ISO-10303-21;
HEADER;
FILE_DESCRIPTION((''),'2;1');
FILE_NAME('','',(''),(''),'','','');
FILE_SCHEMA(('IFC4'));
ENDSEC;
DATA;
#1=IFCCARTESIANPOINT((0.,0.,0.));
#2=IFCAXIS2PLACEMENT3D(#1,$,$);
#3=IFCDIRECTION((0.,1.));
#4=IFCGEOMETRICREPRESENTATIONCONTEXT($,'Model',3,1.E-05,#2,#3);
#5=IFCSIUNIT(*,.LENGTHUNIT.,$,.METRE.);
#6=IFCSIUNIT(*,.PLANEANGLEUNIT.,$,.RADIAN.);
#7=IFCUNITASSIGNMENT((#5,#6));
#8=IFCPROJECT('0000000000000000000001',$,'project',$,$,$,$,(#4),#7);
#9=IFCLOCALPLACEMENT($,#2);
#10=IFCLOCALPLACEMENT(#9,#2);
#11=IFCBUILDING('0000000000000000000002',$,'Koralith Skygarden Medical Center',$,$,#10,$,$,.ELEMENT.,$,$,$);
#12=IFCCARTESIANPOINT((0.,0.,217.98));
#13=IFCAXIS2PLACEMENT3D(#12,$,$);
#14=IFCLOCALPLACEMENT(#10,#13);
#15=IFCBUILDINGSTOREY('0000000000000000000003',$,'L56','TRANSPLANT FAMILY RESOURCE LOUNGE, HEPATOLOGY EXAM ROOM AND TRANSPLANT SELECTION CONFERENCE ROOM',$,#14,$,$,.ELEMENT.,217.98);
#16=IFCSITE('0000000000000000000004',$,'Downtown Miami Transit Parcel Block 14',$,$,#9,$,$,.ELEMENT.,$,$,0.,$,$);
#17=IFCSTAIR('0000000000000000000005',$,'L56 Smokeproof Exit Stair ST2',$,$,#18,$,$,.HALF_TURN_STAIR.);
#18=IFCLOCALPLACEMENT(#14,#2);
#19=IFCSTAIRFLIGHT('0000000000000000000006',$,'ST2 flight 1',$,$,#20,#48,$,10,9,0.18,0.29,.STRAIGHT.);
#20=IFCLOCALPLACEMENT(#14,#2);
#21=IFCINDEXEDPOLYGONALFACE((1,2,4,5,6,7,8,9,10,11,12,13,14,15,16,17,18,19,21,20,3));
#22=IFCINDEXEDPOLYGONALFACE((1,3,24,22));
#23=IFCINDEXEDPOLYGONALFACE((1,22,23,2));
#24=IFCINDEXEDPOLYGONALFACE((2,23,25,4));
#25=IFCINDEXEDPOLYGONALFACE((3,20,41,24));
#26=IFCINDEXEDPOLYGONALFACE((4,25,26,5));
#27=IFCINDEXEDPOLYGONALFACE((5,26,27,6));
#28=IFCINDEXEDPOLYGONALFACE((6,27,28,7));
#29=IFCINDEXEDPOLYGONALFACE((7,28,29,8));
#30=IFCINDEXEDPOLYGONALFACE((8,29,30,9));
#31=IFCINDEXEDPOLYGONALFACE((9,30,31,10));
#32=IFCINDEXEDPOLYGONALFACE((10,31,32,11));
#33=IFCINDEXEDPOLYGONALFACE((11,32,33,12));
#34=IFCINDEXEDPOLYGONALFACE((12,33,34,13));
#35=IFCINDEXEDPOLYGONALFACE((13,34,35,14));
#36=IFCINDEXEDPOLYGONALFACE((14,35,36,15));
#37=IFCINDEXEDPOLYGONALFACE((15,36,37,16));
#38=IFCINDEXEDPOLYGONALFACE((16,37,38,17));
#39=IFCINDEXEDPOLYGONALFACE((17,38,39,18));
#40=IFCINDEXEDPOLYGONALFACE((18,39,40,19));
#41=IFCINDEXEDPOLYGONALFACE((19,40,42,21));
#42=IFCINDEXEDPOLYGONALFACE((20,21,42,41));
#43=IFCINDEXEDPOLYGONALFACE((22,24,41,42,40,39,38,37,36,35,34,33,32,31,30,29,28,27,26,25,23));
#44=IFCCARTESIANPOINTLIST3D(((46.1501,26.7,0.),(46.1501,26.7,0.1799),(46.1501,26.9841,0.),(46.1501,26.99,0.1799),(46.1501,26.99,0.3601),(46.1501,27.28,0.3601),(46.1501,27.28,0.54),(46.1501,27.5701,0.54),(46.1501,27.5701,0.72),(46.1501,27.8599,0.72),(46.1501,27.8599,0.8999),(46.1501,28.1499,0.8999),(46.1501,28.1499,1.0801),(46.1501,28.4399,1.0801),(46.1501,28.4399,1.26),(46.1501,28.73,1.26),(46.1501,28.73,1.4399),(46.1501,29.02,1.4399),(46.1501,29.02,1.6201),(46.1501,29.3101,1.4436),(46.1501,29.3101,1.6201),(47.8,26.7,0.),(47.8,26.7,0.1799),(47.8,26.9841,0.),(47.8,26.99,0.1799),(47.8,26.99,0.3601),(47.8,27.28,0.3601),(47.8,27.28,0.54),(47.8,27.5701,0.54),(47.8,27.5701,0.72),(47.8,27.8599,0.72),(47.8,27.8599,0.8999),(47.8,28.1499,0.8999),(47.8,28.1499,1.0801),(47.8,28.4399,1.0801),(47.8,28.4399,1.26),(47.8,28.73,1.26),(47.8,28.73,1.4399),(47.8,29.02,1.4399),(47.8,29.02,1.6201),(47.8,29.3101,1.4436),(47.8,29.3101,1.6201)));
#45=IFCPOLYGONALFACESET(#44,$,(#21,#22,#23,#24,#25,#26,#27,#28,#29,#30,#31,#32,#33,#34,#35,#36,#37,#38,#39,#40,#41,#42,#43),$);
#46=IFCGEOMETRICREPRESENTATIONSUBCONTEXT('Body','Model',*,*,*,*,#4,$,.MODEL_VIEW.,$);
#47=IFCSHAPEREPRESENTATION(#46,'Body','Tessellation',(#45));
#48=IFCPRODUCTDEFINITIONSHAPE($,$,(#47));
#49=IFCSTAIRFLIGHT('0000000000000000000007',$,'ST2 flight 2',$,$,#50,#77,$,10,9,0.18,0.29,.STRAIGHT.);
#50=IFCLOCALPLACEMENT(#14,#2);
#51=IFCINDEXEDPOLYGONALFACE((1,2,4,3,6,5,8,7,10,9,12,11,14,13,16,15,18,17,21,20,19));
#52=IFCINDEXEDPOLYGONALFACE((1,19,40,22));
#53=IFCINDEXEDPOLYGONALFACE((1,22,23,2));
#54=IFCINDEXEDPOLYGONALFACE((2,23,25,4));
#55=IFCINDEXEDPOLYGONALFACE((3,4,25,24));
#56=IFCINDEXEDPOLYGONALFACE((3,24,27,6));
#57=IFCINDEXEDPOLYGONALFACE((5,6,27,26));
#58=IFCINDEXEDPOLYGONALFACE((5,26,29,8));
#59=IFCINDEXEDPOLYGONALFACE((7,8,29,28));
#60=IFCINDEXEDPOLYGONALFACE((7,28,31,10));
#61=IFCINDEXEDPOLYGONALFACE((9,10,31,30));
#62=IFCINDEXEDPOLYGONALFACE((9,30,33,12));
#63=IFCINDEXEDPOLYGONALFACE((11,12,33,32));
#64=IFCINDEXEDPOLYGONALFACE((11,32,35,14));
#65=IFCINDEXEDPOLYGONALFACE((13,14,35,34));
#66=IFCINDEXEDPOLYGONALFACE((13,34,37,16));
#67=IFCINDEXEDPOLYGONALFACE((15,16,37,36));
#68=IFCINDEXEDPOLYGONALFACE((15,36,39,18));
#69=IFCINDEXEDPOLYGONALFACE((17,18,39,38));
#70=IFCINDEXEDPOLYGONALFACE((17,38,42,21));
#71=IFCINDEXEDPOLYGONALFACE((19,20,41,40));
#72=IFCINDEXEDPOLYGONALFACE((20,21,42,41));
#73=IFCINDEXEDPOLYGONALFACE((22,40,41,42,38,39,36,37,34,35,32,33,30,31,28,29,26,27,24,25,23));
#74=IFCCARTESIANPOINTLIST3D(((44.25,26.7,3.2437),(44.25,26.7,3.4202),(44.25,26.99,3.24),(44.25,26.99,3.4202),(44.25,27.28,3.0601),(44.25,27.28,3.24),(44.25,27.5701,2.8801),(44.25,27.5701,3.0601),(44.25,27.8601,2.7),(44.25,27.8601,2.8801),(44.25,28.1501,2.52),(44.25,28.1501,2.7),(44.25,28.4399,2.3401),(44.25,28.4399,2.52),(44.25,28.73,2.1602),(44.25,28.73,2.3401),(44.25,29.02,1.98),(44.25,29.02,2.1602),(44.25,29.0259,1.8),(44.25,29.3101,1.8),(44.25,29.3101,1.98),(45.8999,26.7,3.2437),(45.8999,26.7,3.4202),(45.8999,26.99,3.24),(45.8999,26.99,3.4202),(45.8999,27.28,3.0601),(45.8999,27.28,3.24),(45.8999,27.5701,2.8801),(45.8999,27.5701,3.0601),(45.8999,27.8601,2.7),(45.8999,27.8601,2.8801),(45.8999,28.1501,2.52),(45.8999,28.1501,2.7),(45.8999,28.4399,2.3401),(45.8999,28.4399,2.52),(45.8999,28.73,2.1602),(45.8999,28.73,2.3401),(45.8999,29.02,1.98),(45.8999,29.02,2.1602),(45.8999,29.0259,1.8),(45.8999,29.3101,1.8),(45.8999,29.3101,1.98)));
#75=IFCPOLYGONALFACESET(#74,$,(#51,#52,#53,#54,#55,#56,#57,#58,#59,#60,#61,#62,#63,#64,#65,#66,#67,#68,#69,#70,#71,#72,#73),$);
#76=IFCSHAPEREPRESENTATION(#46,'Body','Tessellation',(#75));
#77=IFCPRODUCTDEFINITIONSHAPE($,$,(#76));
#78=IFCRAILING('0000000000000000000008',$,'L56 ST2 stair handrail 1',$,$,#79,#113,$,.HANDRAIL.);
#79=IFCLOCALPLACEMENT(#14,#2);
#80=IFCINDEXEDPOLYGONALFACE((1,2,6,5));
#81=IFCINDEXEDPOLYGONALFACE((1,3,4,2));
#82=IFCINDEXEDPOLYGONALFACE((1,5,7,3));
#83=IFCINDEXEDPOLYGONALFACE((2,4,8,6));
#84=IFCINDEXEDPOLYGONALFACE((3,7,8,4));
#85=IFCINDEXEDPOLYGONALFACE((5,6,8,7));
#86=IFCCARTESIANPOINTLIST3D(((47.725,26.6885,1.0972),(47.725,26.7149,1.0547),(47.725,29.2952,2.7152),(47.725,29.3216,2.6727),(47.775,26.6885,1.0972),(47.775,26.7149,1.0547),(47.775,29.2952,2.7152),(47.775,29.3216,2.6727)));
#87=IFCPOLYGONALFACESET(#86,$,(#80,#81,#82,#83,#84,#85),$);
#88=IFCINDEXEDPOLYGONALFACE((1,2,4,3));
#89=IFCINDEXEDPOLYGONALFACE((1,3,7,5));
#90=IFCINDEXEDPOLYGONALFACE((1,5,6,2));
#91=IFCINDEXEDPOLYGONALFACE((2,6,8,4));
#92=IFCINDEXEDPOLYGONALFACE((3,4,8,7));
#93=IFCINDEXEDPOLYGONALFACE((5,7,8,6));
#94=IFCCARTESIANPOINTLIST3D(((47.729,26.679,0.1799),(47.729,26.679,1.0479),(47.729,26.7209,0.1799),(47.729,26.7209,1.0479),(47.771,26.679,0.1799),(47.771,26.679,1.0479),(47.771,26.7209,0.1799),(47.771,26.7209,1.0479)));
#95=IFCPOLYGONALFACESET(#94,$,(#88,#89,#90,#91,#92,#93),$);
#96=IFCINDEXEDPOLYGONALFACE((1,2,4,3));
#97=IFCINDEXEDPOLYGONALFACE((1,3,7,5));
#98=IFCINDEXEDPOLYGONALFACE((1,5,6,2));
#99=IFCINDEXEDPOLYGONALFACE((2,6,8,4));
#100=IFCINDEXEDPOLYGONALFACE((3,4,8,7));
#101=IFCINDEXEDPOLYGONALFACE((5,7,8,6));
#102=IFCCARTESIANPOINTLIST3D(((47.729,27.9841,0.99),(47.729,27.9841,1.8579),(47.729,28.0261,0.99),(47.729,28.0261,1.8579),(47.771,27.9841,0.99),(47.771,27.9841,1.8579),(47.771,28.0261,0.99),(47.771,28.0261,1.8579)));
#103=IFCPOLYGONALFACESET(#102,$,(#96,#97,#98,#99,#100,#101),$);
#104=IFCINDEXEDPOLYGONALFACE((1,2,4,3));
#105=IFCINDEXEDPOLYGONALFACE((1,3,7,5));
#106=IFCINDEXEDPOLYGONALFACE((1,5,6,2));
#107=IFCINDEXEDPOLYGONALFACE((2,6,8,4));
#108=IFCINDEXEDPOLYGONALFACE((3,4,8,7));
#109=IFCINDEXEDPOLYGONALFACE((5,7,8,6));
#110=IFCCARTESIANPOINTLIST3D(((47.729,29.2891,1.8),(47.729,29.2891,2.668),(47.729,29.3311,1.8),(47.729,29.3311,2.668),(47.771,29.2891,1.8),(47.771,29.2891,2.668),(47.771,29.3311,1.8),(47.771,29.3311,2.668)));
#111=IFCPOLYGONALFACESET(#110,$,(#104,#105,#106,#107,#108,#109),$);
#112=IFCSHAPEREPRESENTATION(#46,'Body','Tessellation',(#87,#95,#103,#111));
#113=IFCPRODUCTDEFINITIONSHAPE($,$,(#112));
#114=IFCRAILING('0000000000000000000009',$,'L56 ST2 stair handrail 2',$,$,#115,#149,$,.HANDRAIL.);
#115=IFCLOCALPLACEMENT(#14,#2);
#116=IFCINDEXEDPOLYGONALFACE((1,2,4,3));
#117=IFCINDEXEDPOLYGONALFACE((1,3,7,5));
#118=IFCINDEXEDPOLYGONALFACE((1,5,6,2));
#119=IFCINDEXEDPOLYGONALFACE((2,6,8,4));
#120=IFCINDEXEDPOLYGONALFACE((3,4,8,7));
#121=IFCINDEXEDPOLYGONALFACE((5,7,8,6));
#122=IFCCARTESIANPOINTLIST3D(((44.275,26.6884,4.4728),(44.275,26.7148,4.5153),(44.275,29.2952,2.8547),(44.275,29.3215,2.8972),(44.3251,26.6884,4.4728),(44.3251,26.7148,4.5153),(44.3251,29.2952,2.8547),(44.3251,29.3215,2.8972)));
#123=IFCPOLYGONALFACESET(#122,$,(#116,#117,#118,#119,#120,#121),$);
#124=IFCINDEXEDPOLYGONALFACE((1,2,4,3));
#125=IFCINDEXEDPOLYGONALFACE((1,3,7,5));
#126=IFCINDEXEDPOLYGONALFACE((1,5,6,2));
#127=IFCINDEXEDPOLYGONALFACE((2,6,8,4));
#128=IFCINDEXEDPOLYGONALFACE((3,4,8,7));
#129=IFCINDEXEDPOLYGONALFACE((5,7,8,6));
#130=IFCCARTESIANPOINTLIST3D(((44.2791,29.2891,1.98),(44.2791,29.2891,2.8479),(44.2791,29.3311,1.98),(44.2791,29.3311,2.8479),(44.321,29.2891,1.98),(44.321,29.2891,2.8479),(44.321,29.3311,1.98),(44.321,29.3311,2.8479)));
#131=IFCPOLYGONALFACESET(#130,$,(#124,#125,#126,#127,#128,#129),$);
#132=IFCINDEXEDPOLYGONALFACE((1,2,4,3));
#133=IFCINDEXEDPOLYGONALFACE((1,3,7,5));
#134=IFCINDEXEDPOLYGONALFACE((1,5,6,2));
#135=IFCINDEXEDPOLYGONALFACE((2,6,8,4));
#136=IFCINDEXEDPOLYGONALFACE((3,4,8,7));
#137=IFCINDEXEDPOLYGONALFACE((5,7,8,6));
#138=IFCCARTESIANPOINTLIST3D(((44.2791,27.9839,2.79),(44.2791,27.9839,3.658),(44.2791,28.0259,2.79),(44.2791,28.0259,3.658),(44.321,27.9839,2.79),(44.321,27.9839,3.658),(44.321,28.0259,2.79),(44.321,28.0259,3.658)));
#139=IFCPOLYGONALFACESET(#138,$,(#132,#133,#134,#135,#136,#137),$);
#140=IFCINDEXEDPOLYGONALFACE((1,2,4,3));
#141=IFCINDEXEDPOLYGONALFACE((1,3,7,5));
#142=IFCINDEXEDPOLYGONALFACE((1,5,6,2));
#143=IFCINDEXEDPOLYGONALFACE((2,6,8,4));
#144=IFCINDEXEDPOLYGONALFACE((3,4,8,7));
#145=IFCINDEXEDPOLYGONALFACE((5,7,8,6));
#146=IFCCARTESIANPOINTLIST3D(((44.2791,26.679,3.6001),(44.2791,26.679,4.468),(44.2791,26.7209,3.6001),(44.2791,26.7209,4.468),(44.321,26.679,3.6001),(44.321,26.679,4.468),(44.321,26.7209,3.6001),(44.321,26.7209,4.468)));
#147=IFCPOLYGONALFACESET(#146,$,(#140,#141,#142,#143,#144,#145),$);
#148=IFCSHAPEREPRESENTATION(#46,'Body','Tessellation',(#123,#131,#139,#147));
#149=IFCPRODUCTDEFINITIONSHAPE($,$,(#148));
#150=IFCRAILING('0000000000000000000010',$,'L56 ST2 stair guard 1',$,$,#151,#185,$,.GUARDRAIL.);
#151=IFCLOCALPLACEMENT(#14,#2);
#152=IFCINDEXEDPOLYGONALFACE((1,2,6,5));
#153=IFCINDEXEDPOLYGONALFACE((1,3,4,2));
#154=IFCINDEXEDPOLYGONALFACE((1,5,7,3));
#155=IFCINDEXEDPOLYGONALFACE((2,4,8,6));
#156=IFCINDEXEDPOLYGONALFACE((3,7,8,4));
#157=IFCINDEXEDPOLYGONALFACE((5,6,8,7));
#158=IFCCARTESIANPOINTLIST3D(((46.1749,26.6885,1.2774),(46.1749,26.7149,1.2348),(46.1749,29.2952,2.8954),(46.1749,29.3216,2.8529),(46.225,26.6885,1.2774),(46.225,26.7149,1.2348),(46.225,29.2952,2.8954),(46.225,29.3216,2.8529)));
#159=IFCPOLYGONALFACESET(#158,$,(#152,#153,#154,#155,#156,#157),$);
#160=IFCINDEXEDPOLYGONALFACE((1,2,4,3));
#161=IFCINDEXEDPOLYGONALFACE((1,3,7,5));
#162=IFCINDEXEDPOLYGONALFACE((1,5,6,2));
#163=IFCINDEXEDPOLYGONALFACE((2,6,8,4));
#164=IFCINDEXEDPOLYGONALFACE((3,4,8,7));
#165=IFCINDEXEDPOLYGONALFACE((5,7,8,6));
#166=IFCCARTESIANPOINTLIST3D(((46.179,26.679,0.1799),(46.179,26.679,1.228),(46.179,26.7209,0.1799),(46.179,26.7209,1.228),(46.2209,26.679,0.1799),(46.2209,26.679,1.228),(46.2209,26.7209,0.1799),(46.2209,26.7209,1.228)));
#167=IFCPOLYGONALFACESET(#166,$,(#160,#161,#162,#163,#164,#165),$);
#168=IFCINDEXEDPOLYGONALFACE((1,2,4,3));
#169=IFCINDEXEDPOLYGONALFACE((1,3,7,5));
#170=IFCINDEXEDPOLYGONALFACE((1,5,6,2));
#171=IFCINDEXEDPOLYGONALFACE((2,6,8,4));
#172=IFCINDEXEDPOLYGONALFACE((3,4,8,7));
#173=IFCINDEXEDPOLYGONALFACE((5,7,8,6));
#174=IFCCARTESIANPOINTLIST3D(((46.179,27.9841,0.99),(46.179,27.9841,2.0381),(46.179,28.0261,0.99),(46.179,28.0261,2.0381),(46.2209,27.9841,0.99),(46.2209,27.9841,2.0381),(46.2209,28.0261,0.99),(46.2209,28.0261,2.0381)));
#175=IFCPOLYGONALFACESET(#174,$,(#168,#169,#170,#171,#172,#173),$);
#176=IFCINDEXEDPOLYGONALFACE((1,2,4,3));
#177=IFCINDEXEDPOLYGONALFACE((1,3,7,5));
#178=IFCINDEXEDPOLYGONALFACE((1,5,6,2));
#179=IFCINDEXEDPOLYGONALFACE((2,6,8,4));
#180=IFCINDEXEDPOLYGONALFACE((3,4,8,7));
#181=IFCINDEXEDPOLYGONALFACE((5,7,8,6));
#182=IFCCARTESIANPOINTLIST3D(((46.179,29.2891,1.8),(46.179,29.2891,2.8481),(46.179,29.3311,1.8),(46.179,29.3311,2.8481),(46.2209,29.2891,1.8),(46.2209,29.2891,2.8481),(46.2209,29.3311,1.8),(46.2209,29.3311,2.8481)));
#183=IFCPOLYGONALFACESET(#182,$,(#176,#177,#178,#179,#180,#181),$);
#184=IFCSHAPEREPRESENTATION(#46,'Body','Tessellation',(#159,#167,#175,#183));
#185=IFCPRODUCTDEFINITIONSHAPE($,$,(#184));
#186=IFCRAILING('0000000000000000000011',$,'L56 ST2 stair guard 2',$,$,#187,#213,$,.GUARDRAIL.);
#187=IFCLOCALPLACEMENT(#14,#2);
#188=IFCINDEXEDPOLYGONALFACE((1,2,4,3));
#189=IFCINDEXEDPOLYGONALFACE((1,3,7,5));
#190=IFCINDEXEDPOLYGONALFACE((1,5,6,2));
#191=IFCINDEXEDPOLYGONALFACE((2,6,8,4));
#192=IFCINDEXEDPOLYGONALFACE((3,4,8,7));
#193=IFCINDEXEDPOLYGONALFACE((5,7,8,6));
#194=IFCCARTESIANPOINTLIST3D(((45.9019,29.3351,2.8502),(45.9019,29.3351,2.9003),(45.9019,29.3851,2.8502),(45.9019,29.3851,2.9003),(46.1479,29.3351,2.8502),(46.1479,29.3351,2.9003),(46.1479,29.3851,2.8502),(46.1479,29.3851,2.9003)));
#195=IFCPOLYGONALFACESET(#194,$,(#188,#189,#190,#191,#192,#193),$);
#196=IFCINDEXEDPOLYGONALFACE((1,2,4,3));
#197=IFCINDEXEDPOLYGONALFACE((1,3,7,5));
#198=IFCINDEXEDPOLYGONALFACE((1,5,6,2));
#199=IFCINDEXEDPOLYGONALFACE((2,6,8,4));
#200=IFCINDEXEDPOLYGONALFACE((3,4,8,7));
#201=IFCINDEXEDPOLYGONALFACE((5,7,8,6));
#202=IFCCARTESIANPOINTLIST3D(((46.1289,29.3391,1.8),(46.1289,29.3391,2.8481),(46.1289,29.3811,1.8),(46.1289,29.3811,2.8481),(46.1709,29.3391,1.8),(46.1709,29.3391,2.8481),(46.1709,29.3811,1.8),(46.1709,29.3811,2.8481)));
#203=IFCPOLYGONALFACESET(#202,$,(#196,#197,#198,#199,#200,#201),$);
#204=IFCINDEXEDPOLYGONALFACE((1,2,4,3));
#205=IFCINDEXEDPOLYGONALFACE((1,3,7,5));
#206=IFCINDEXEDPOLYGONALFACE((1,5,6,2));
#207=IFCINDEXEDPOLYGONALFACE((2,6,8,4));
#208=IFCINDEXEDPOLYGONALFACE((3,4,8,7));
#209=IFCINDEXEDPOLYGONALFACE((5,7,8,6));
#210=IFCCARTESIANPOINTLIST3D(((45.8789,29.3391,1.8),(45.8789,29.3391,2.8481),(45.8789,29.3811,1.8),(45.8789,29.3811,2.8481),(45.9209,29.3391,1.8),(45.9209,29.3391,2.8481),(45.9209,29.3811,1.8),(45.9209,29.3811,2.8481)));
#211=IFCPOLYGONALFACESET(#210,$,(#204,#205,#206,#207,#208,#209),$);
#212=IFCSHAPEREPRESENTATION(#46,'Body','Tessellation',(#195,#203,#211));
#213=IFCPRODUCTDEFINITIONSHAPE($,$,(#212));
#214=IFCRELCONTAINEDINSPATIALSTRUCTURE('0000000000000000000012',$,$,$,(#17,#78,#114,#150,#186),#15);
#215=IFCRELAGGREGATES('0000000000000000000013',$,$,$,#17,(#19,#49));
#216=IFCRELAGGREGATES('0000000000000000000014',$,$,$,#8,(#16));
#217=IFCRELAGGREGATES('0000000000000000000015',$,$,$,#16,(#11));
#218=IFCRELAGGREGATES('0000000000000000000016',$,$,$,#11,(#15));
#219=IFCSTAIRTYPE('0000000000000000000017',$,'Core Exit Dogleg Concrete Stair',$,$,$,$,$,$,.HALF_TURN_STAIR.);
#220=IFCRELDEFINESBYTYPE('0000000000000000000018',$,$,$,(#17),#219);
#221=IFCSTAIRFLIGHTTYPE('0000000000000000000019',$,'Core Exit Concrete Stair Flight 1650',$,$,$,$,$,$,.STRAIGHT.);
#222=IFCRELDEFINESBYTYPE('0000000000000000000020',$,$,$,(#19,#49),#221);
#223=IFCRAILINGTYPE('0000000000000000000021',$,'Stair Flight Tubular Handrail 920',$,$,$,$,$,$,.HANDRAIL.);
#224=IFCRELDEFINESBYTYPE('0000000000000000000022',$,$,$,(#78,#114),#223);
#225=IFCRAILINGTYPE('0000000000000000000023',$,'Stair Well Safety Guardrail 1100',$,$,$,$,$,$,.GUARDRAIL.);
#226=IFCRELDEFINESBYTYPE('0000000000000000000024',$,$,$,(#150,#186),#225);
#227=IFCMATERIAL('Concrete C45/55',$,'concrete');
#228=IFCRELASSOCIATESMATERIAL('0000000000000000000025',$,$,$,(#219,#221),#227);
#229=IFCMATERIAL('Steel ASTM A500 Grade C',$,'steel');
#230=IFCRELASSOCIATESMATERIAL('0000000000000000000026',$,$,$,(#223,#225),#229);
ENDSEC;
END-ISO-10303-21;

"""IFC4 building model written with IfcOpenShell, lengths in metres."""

from ifc_helpers import new_model, si_unit, direction, frame, origin, origin_2d, place, context, subcontext, project, spatial, polyline, rectangle, outline, extrude, material, type_object, element, aggregate, save


model = new_model("IFC4")

# Units and contexts
model_context = context("Model", 3, precision=1e-05, world=origin(), true_north=direction((0.0, 1.0)))
body_context = subcontext(model_context, "Body", "Model", "MODEL_VIEW")
ifc_project = project(units=[si_unit("LENGTHUNIT", "METRE"), si_unit("PLANEANGLEUNIT", "RADIAN")], contexts=[model_context])

# Site, building, storey
site_placement = place(None, origin())
site = spatial("IfcSite", under=ifc_project, at=site_placement, Name="Downtown Miami Transit Parcel Block 14", CompositionType="ELEMENT", RefElevation=0.0)
building_placement = place(site_placement, origin())
building = spatial("IfcBuilding", under=site, at=building_placement, Name="Koralith Skygarden Medical Center", CompositionType="ELEMENT")
storey_placement = place(building_placement, frame((0.0, 0.0, 217.98)))
storey = spatial("IfcBuildingStorey", under=building, at=storey_placement, Name="L56", Description="TRANSPLANT FAMILY RESOURCE LOUNGE, HEPATOLOGY EXAM ROOM AND TRANSPLANT SELECTION CONFERENCE ROOM", CompositionType="ELEMENT", Elevation=217.98)

# Shared definitions
ifc_material_1 = material(Name="Concrete C45/55", Category="concrete")

# Shared definitions
ifc_material_2 = material(Name="Steel ASTM A500 Grade C", Category="steel")

# Stair, stair flights
stair_type = type_object("IfcStairType", Name="Core Exit Dogleg Concrete Stair", PredefinedType="HALF_TURN_STAIR", material=ifc_material_1)
stair_placement = place(storey_placement, origin())
stair = element("IfcStair", 1, at=stair_placement, inside=storey, type_object=stair_type, Name="L56 Smokeproof Exit Stair ST2", PredefinedType="HALF_TURN_STAIR")
stair_flight_type = type_object("IfcStairFlightType", Name="Core Exit Concrete Stair Flight 1650", PredefinedType="STRAIGHT", material=ifc_material_1)
stair_flight_1_placement = place(storey_placement, frame((46.9751, 26.7, 0.0), z_axis=(0.0, 0.0, 1.0), x_axis=(0.0, 1.0, 0.0)))
stair_flight_1 = element("IfcStairFlight", 2, at=stair_flight_1_placement, type_object=stair_flight_type, Name="ST2 flight 1", NumberOfRisers=10, NumberOfTreads=9, PredefinedType="STRAIGHT", RiserHeight=0.18, TreadLength=0.29, context=body_context, shape_type="SweptSolid", body=[
    extrude(outline(polyline([(0.0, 0.0), (0.0, 0.1799), (0.29, 0.1799), (0.29, 0.3601), (0.5801, 0.3601), (0.5801, 0.54), (0.8701, 0.54), (0.8701, 0.72), (1.1599, 0.72), (1.1599, 0.8999), (1.45, 0.8999), (1.45, 1.0801), (1.74, 1.0801), (1.74, 1.26), (2.03, 1.26), (2.03, 1.4399), (2.3201, 1.4399), (2.3201, 1.6201), (2.6101, 1.6201), (2.6101, 1.8), (2.6101, 1.4436), (0.2842, 0.0), (0.0, 0.0)])), frame((0.0, 0.825, 0.0), z_axis=(0.0, -1.0, 0.0), x_axis=(1.0, 0.0, 0.0)), (0.0, 0.0, 1.0), 1.6499),
])
stair_flight_2_placement = place(storey_placement, frame((45.075, 29.3101, 1.8), z_axis=(0.0, 0.0, 1.0), x_axis=(0.0, -1.0, 0.0)))
stair_flight_2 = element("IfcStairFlight", 3, at=stair_flight_2_placement, type_object=stair_flight_type, Name="ST2 flight 2", NumberOfRisers=10, NumberOfTreads=9, PredefinedType="STRAIGHT", RiserHeight=0.18, TreadLength=0.29, context=body_context, shape_type="SweptSolid", body=[
    extrude(outline(polyline([(0.0, 0.0), (0.0, 0.1799), (0.29, 0.1799), (0.29, 0.3601), (0.5801, 0.3601), (0.5801, 0.54), (0.8701, 0.54), (0.8701, 0.72), (1.1599, 0.72), (1.1599, 0.8999), (1.45, 0.8999), (1.45, 1.0801), (1.74, 1.0801), (1.74, 1.26), (2.03, 1.26), (2.03, 1.4399), (2.3201, 1.4399), (2.3201, 1.6201), (2.6101, 1.6201), (2.6101, 1.8), (2.6101, 1.4436), (0.2842, 0.0), (0.0, 0.0)])), frame((0.0, 0.825, 0.0), z_axis=(0.0, -1.0, 0.0), x_axis=(1.0, 0.0, 0.0)), (0.0, 0.0, 1.0), 1.6499),
])
aggregate(stair, [stair_flight_1, stair_flight_2])

# Railings
railing_type_1 = type_object("IfcRailingType", Name="Stair Flight Tubular Handrail 920", PredefinedType="HANDRAIL", material=ifc_material_2)
railing_1_placement = place(storey_placement, frame((47.75, 26.7, 0.1799)))
element("IfcRailing", 4, at=railing_1_placement, inside=storey, type_object=railing_type_1, Name="L56 ST2 stair handrail 1", PredefinedType="HANDRAIL", context=body_context, shape_type="SweptSolid", body=[
    extrude(rectangle(XDim=0.05, YDim=0.05, at=origin_2d()), frame((0.0, 0.0017, 0.896), z_axis=(0.0, 0.849633, 0.527375), x_axis=(-1.0, 0.0, 0.0)), (0.0, 0.0, 1.0), 3.0681),
    extrude(rectangle(XDim=0.042, YDim=0.042, at=origin_2d()), origin(), (0.0, 0.0, 1.0), 0.8679),
    extrude(rectangle(XDim=0.042, YDim=0.042, at=origin_2d()), frame((0.0, 1.3052, 0.8101)), (0.0, 0.0, 1.0), 0.8679),
    extrude(rectangle(XDim=0.042, YDim=0.042, at=origin_2d()), frame((0.0, 2.6101, 1.6201)), (0.0, 0.0, 1.0), 0.8679),
])
railing_2_placement = place(storey_placement, frame((44.3, 29.3101, 1.98)))
element("IfcRailing", 5, at=railing_2_placement, inside=storey, type_object=railing_type_1, Name="L56 ST2 stair handrail 2", PredefinedType="HANDRAIL", context=body_context, shape_type="SweptSolid", body=[
    extrude(rectangle(XDim=0.05, YDim=0.05, at=origin_2d()), frame((0.0, -0.0017, 0.896), z_axis=(0.0, -0.849633, 0.527375), x_axis=(1.0, 0.0, 0.0)), (0.0, 0.0, 1.0), 3.0681),
    extrude(rectangle(XDim=0.042, YDim=0.042, at=origin_2d()), origin(), (0.0, 0.0, 1.0), 0.8679),
    extrude(rectangle(XDim=0.042, YDim=0.042, at=origin_2d()), frame((0.0, -1.3052, 0.8101)), (0.0, 0.0, 1.0), 0.8679),
    extrude(rectangle(XDim=0.042, YDim=0.042, at=origin_2d()), frame((0.0, -2.6101, 1.6201)), (0.0, 0.0, 1.0), 0.8679),
])
railing_type_2 = type_object("IfcRailingType", Name="Stair Well Safety Guardrail 1100", PredefinedType="GUARDRAIL", material=ifc_material_2)
railing_3_placement = place(storey_placement, frame((46.2, 26.7, 0.1799)))
element("IfcRailing", 6, at=railing_3_placement, inside=storey, type_object=railing_type_2, Name="L56 ST2 stair guard 1", PredefinedType="GUARDRAIL", context=body_context, shape_type="SweptSolid", body=[
    extrude(rectangle(XDim=0.05, YDim=0.05, at=origin_2d()), frame((0.0, 0.0017, 1.0762), z_axis=(0.0, 0.849633, 0.527375), x_axis=(-1.0, 0.0, 0.0)), (0.0, 0.0, 1.0), 3.0681),
    extrude(rectangle(XDim=0.042, YDim=0.042, at=origin_2d()), origin(), (0.0, 0.0, 1.0), 1.0481),
    extrude(rectangle(XDim=0.042, YDim=0.042, at=origin_2d()), frame((0.0, 1.3052, 0.8101)), (0.0, 0.0, 1.0), 1.0481),
    extrude(rectangle(XDim=0.042, YDim=0.042, at=origin_2d()), frame((0.0, 2.6101, 1.6201)), (0.0, 0.0, 1.0), 1.0481),
])
railing_4_placement = place(storey_placement, frame((46.1499, 29.3601, 1.8)))
element("IfcRailing", 7, at=railing_4_placement, inside=storey, type_object=railing_type_2, Name="L56 ST2 stair guard 2", PredefinedType="GUARDRAIL", context=body_context, shape_type="SweptSolid", body=[
    extrude(rectangle(XDim=0.05, YDim=0.05, at=origin_2d()), frame((-0.002, 0.0, 1.0752), z_axis=(-1.0, 0.0, 0.0), x_axis=(0.0, -1.0, 0.0)), (0.0, 0.0, 1.0), 0.2461),
    extrude(rectangle(XDim=0.042, YDim=0.042, at=origin_2d()), origin(), (0.0, 0.0, 1.0), 1.0481),
    extrude(rectangle(XDim=0.042, YDim=0.042, at=origin_2d()), frame((-0.25, 0.0, 0.0)), (0.0, 0.0, 1.0), 1.0481),
])

save(model, "model.ifc")
